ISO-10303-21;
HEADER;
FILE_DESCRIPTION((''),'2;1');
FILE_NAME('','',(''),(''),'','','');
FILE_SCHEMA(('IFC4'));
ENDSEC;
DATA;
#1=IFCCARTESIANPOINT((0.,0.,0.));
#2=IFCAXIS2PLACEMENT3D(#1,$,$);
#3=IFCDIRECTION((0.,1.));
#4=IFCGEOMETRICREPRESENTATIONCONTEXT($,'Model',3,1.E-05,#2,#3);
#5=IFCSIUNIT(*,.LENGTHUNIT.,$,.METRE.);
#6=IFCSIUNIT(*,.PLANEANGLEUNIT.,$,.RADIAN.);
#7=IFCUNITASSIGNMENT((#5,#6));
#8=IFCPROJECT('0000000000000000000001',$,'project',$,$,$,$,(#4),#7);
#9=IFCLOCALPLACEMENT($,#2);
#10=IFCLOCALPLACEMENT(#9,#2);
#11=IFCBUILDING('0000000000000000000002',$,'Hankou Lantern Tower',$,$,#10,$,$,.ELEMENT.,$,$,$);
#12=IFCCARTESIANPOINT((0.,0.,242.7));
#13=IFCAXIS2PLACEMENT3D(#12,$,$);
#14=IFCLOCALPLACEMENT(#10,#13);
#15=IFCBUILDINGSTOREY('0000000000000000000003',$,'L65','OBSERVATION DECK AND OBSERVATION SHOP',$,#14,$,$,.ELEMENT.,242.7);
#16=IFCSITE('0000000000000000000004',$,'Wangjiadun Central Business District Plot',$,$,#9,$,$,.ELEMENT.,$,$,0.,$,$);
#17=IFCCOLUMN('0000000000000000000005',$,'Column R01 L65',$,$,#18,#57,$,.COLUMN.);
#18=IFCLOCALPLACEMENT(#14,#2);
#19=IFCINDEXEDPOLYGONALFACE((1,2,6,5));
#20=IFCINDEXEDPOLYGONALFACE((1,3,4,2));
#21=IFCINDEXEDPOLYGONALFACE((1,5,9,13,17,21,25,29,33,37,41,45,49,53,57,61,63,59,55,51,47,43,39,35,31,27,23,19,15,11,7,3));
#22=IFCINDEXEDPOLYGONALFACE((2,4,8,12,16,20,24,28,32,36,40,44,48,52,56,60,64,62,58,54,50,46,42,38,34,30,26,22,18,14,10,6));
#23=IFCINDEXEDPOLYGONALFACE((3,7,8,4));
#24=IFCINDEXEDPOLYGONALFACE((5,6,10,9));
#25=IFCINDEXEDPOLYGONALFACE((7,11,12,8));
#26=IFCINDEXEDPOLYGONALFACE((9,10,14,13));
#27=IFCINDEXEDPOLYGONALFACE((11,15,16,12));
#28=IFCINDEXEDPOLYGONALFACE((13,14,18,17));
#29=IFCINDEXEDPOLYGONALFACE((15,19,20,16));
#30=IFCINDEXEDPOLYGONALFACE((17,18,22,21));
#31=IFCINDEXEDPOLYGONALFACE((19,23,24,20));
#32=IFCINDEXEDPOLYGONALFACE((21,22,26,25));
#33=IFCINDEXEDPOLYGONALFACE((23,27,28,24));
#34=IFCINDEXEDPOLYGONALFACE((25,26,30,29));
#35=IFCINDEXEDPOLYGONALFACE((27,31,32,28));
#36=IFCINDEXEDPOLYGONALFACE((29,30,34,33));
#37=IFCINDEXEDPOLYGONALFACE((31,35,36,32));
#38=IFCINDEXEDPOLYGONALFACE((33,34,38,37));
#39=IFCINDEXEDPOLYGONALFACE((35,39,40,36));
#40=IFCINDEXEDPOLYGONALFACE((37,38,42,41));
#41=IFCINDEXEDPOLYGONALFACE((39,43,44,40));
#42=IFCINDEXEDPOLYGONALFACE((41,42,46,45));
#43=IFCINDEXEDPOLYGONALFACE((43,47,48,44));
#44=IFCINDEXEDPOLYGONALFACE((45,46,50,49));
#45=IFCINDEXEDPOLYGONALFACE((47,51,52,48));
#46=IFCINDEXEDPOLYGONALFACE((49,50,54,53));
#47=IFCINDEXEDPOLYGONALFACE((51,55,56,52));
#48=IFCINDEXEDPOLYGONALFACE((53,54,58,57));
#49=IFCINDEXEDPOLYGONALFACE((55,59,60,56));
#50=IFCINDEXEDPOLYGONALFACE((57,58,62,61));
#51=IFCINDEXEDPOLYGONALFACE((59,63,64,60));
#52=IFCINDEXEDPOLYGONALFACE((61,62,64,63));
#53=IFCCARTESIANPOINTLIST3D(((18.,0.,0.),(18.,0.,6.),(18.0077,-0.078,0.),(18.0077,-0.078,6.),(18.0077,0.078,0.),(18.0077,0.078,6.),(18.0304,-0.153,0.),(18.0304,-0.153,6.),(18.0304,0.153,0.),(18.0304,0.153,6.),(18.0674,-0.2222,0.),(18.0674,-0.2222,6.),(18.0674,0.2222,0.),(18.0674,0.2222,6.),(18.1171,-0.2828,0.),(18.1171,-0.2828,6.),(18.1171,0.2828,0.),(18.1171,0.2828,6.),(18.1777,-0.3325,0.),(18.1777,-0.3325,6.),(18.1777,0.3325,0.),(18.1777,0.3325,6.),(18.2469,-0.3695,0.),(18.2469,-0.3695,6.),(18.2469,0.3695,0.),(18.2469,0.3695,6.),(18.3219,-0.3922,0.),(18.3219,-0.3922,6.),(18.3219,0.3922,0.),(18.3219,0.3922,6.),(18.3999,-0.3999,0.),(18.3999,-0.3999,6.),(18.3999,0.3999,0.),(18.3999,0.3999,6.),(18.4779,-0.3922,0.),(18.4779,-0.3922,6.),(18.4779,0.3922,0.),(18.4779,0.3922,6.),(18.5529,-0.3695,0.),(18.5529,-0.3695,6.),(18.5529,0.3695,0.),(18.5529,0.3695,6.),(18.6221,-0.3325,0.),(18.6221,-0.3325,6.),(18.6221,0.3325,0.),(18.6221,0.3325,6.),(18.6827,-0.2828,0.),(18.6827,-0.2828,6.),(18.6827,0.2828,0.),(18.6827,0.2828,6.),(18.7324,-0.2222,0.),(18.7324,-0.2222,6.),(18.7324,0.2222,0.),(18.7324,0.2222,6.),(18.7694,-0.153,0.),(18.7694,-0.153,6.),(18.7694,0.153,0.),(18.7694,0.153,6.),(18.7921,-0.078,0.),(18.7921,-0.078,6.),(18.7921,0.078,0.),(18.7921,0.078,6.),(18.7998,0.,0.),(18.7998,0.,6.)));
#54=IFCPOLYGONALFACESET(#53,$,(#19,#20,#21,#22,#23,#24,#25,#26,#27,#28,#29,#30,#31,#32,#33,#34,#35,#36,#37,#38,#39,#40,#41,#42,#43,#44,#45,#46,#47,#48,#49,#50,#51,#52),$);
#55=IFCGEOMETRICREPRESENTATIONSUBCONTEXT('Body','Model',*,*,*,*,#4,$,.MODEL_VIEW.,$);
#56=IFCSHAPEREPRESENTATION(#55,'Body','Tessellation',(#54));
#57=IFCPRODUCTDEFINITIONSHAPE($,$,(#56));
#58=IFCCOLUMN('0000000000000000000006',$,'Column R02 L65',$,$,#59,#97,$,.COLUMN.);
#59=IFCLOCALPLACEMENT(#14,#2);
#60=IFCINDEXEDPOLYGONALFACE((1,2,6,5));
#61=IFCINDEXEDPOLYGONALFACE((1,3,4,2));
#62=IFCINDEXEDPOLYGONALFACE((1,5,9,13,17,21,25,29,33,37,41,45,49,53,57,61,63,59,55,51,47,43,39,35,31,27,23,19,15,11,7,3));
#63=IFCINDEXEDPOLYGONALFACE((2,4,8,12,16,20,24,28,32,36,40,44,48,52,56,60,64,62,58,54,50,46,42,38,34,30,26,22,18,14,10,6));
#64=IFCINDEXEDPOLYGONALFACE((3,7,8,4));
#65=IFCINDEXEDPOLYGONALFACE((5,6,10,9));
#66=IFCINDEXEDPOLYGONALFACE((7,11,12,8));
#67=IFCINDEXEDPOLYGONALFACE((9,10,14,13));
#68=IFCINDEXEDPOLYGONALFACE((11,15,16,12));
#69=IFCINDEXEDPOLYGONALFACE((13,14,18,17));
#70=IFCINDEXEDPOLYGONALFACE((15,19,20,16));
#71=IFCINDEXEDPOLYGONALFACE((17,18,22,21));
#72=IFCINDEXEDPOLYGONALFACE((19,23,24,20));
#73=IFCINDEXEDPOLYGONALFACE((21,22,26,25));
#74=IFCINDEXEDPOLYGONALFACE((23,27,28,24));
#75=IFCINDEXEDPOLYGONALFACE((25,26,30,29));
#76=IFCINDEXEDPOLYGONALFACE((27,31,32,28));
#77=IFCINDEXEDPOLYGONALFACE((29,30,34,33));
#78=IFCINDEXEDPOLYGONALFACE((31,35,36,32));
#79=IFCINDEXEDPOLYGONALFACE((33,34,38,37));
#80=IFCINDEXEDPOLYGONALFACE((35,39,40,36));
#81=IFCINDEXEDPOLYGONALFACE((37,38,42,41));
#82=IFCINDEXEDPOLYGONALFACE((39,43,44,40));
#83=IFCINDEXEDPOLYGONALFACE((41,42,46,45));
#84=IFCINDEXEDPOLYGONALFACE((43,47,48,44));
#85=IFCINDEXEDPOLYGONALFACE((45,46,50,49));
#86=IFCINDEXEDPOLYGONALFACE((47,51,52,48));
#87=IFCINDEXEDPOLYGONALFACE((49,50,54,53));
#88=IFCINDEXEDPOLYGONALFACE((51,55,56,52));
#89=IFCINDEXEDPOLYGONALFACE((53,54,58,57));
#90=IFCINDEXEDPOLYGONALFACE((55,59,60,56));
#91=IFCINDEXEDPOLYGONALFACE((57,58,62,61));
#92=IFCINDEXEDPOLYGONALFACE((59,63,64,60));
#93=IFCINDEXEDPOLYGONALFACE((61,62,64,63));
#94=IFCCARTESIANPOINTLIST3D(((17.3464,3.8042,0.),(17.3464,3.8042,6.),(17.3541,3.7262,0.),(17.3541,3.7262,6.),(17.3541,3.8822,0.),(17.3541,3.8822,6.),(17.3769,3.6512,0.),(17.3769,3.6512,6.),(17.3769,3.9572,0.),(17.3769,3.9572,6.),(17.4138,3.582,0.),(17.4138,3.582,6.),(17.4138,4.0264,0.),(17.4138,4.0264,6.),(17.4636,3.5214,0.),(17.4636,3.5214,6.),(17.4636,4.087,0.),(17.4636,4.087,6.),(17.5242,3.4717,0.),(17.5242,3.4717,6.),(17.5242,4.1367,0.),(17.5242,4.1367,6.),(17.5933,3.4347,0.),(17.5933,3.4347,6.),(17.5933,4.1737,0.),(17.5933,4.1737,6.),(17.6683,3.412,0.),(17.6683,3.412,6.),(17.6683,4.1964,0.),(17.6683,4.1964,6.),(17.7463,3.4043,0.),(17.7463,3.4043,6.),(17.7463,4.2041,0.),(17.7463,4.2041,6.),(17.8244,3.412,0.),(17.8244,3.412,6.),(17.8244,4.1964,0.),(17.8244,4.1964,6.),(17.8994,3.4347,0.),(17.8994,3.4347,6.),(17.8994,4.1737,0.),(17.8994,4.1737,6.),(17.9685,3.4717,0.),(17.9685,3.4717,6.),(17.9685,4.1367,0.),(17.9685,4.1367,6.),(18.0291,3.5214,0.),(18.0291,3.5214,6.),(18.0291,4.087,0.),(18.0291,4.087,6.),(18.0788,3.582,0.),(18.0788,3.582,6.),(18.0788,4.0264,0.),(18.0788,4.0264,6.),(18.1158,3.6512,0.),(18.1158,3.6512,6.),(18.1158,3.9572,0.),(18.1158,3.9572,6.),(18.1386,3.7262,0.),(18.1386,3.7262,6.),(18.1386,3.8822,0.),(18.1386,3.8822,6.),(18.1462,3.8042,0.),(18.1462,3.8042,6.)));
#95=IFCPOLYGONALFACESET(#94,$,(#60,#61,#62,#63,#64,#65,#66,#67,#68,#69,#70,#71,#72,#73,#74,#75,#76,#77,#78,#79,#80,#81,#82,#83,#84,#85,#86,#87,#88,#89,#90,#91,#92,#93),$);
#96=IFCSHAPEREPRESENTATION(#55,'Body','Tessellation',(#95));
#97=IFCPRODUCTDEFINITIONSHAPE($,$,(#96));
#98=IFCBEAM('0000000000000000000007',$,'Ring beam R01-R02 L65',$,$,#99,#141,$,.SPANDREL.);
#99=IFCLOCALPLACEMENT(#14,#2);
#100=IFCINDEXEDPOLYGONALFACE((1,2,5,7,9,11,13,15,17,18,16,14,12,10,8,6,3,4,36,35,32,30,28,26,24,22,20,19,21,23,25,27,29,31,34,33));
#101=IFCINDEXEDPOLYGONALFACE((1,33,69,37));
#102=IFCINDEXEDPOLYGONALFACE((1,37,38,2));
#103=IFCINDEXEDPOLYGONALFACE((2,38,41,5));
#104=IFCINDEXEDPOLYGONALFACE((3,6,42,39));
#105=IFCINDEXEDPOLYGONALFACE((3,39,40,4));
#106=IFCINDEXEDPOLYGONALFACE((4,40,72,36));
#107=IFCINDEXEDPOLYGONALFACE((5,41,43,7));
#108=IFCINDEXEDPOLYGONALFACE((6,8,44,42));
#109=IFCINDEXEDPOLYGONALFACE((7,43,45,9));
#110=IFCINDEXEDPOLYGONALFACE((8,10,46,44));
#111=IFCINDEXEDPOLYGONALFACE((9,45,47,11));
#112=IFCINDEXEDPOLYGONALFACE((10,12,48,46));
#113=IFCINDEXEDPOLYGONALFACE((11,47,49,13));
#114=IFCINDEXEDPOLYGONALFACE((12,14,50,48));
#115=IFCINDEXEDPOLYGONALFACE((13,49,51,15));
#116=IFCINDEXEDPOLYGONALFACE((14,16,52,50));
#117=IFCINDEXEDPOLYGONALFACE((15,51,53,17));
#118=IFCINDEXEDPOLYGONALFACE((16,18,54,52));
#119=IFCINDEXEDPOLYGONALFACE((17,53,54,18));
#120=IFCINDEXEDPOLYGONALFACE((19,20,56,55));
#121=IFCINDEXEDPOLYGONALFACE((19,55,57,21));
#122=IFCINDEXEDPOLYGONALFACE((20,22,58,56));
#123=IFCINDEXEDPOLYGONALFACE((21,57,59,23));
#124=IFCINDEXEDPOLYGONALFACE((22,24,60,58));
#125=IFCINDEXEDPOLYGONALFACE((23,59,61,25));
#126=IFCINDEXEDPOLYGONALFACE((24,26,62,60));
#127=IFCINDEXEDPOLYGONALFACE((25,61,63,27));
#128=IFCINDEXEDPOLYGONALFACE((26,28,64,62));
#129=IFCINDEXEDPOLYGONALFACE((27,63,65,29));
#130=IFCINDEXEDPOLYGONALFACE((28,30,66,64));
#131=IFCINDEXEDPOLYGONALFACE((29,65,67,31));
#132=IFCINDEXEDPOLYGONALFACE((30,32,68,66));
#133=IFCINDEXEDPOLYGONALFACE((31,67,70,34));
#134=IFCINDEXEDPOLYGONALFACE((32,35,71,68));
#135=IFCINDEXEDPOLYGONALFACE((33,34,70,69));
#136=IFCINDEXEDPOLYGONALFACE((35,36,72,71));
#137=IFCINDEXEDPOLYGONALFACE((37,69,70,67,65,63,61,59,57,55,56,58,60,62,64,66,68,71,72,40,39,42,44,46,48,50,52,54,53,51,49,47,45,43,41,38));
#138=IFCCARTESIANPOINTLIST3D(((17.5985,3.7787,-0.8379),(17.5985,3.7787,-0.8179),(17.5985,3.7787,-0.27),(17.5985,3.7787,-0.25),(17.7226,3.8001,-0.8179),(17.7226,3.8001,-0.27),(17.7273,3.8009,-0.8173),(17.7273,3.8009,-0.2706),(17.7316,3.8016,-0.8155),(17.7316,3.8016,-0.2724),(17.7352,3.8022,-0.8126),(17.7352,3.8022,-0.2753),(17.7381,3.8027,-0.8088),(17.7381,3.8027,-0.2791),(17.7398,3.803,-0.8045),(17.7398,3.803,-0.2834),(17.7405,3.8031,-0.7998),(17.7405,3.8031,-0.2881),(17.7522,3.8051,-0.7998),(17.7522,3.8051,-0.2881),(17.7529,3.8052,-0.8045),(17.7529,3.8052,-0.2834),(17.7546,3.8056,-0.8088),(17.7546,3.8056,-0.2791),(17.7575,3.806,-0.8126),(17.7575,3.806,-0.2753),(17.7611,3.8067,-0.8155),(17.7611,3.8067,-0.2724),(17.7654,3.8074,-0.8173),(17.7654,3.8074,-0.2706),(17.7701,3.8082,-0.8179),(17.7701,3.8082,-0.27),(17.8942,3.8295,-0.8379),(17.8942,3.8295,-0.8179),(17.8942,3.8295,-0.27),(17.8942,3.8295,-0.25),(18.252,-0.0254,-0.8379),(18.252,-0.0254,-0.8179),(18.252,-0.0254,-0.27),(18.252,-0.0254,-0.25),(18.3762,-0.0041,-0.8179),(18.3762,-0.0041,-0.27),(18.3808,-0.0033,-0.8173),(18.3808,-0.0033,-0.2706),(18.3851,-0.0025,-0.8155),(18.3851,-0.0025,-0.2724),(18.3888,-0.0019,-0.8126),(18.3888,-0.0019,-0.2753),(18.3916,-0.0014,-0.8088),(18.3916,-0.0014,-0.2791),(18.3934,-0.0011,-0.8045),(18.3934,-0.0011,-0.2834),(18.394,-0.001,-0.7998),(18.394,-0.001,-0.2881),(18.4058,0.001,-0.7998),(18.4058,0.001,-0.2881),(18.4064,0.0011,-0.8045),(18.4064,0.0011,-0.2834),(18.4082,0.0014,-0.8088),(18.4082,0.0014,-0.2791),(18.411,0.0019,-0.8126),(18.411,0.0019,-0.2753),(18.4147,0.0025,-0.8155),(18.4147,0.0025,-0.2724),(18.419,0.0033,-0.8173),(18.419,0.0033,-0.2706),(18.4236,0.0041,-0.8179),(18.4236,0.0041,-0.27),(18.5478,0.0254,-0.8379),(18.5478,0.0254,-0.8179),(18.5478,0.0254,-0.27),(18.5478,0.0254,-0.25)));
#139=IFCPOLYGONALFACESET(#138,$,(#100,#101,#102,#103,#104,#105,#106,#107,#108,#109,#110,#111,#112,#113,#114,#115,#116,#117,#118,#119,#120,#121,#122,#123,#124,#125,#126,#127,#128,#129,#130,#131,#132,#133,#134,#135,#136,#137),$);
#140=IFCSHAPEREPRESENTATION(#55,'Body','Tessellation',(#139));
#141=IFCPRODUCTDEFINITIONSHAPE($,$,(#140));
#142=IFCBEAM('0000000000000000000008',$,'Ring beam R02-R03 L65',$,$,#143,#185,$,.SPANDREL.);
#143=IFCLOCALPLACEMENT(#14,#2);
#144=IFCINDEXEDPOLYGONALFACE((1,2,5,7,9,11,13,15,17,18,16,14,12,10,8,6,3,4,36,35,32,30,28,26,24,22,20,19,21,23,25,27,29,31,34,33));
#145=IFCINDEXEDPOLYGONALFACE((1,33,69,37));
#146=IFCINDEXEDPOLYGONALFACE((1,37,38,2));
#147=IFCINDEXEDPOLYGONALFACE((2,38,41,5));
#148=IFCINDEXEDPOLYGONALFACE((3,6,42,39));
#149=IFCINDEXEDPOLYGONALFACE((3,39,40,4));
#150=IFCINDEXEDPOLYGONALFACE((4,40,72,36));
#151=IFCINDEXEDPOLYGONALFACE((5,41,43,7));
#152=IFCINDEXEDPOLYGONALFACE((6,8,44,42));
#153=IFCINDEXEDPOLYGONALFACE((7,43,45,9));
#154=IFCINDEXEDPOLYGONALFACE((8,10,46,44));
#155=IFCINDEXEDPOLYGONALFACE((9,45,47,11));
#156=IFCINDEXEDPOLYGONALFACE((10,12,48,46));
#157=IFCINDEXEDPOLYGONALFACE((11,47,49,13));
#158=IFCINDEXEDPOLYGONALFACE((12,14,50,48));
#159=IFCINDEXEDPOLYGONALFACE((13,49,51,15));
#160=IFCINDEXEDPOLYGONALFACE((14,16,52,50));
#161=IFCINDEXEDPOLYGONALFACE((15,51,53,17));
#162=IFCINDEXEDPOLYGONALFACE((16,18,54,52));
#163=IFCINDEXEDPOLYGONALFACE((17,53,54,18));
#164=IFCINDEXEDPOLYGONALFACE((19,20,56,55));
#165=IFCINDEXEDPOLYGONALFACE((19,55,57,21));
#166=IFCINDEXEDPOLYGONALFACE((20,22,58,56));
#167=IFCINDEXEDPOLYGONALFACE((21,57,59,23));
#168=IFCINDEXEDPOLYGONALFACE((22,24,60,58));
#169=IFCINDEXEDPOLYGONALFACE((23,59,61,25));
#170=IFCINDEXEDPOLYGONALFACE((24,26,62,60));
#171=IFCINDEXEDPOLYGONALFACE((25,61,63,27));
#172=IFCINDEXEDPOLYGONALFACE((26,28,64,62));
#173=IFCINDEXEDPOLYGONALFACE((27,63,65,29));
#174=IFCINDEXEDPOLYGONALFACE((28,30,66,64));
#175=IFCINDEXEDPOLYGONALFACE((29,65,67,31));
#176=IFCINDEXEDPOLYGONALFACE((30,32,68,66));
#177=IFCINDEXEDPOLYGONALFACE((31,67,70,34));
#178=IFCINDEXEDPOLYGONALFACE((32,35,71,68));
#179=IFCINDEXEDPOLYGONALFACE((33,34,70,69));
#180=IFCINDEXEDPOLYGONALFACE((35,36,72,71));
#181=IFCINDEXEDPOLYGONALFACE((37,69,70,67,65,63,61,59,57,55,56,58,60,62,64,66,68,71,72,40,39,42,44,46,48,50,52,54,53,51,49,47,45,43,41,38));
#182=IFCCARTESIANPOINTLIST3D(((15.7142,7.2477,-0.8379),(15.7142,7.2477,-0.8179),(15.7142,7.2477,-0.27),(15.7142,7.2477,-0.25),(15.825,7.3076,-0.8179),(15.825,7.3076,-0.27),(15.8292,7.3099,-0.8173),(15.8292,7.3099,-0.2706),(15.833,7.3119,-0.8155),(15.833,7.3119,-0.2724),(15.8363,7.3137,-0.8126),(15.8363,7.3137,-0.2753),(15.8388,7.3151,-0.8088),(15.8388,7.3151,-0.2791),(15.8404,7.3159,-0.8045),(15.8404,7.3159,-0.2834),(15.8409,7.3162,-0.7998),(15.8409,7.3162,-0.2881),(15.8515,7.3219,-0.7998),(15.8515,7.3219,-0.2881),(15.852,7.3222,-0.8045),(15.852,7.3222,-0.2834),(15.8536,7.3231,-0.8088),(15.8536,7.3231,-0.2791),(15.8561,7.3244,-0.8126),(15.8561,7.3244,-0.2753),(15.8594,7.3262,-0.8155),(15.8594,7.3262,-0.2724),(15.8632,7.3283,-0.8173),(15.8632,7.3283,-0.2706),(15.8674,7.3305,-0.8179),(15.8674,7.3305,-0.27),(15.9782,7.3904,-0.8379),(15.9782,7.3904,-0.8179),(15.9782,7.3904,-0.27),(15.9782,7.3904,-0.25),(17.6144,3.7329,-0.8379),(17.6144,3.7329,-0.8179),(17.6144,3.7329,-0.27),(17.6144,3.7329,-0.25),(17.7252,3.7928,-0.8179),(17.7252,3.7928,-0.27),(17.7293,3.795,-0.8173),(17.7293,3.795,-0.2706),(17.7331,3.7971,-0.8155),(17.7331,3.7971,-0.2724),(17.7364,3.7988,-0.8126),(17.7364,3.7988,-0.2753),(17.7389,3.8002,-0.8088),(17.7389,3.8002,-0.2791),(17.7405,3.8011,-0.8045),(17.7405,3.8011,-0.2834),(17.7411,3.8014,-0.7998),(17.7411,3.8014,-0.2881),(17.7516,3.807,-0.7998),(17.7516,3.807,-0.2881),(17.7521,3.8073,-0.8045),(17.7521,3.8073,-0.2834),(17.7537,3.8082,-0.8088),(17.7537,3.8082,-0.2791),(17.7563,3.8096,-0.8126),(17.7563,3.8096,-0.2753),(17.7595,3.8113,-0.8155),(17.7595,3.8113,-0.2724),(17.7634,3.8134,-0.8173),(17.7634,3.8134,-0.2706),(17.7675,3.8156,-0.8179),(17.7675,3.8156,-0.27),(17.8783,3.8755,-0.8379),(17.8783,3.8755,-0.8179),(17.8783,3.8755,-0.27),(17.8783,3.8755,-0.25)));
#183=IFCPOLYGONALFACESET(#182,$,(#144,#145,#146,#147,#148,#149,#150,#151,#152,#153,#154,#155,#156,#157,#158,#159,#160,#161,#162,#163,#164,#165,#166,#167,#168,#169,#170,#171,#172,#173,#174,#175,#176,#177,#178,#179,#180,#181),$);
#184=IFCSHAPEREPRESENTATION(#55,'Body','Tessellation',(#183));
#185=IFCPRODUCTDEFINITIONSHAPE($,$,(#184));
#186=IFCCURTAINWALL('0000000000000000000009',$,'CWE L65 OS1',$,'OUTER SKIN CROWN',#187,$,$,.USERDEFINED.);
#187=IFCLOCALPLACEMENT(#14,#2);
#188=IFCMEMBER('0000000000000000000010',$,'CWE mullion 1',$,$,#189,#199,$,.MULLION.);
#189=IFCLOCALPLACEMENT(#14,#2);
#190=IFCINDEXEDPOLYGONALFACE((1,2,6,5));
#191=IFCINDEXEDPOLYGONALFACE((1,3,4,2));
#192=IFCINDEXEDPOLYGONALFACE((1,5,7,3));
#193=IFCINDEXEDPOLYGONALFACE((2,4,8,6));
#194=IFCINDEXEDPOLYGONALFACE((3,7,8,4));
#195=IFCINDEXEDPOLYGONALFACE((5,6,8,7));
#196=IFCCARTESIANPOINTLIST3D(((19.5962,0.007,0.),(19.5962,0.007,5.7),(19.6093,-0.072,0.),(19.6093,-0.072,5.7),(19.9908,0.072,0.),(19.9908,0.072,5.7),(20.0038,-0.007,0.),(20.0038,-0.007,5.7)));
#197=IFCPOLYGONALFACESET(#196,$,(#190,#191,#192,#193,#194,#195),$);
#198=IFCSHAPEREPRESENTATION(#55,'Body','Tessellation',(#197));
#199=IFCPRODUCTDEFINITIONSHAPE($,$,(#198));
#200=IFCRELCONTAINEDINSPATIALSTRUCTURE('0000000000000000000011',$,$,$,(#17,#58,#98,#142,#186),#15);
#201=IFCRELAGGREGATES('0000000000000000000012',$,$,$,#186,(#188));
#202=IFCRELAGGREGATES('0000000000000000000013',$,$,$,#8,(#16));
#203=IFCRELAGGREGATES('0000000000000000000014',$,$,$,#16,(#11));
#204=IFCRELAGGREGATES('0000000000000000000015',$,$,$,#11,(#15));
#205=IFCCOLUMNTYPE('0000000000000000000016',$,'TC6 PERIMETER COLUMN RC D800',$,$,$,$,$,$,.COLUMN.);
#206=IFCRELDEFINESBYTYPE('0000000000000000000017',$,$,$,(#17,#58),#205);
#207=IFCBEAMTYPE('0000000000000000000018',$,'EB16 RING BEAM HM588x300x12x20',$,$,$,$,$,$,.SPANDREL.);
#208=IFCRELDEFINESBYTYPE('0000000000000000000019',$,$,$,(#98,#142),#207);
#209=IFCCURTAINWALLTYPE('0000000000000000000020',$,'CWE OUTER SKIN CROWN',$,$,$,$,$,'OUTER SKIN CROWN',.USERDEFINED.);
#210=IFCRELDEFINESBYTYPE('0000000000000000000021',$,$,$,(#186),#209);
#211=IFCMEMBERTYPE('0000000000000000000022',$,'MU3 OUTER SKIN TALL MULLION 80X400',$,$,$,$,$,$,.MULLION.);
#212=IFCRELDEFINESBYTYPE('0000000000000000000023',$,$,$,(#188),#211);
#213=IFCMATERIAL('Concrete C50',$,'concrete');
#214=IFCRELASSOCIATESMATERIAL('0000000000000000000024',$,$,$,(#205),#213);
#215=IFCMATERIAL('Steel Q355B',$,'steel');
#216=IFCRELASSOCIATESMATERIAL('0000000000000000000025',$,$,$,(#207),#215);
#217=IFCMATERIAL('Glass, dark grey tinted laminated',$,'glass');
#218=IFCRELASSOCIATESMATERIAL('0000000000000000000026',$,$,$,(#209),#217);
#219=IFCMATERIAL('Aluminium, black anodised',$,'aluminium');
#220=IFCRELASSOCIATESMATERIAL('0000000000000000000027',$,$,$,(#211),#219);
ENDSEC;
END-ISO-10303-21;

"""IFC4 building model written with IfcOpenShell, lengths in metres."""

from ifc_helpers import new_model, si_unit, direction, frame, origin, origin_2d, place, context, subcontext, project, spatial, rectangle, circle, i_section, extrude, material, material_profile, profile_set, type_object, element, aggregate, save


model = new_model("IFC4")

# Units and contexts
model_context = context("Model", 3, precision=1e-05, world=origin(), true_north=direction((0.0, 1.0)))
body_context = subcontext(model_context, "Body", "Model", "MODEL_VIEW")
ifc_project = project(units=[si_unit("LENGTHUNIT", "METRE"), si_unit("PLANEANGLEUNIT", "RADIAN")], contexts=[model_context])

# Site, building, storey
site_placement = place(None, origin())
site = spatial("IfcSite", under=ifc_project, at=site_placement, Name="Wangjiadun Central Business District Plot", CompositionType="ELEMENT", RefElevation=0.0)
building_placement = place(site_placement, origin())
building = spatial("IfcBuilding", under=site, at=building_placement, Name="Hankou Lantern Tower", CompositionType="ELEMENT")
storey_placement = place(building_placement, frame((0.0, 0.0, 242.7)))
storey = spatial("IfcBuildingStorey", under=building, at=storey_placement, Name="L65", Description="OBSERVATION DECK AND OBSERVATION SHOP", CompositionType="ELEMENT", Elevation=242.7)

# Columns
ifc_material_1 = material(Name="Concrete C50", Category="concrete")
ifc_material_profile_1 = material_profile(ifc_material_1, circle(Radius=0.3999, at=origin_2d()), Name="RC D800")
ifc_profile_set_1 = profile_set([ifc_material_profile_1], Name="Concrete C50")
column_type = type_object("IfcColumnType", Name="TC6 PERIMETER COLUMN RC D800", PredefinedType="COLUMN", material=ifc_profile_set_1)
for number, where, z_axis, x_axis, name in (
    (1, (18.3999, 0.0, 0.0), (0.0, 0.0, 1.0), (1.0, 0.0, 0.0), "Column R01 L65"),
    (2, (17.7463, 3.8042, 0.0), (0.0, 0.0, 1.0), (1.0, 0.0, 0.0), "Column R02 L65"),
):
    element("IfcColumn", number, at=place(storey_placement, frame(where, z_axis=z_axis, x_axis=x_axis)), inside=storey, type_object=column_type, Name=name, PredefinedType="COLUMN", context=body_context, shape_type="SweptSolid", body=[
        extrude(circle(Radius=0.3999, at=origin_2d()), origin(), (0.0, 0.0, 1.0), 6.0),
    ])

# Beams
ifc_material_2 = material(Name="Steel Q355B", Category="steel")
ifc_material_profile_2 = material_profile(ifc_material_2, i_section(OverallWidth=0.3, OverallDepth=0.5879, WebThickness=0.012, FlangeThickness=0.02, FilletRadius=0.0181, at=origin_2d()), Name="HM588x300x12x20")
ifc_profile_set_2 = profile_set([ifc_material_profile_2], Name="Steel Q355B")
beam_type_1 = type_object("IfcBeamType", Name="EB16 RING BEAM HM588x300x12x20", PredefinedType="SPANDREL", material=ifc_profile_set_2)
beam_1_placement = place(storey_placement, frame((18.3999, 0.0, -0.5439), z_axis=(-0.16932, 0.985561, 0.0), x_axis=(-0.985561, -0.16932, 0.0)))
element("IfcBeam", 3, at=beam_1_placement, inside=storey, type_object=beam_type_1, Name="Ring beam R01-R02 L65", PredefinedType="SPANDREL", context=body_context, shape_type="SweptSolid", body=[
    extrude(i_section(OverallWidth=0.3, OverallDepth=0.5879, WebThickness=0.012, FlangeThickness=0.02, FilletRadius=0.0181, at=origin_2d()), origin(), (0.0, 0.0, 1.0), 3.8599),
])
beam_2_placement = place(storey_placement, frame((17.7463, 3.8042, -0.5439), z_axis=(-0.475557, 0.879685, 0.0), x_axis=(-0.879685, -0.475557, 0.0)))
element("IfcBeam", 4, at=beam_2_placement, inside=storey, type_object=beam_type_1, Name="Ring beam R02-R03 L65", PredefinedType="SPANDREL", context=body_context, shape_type="SweptSolid", body=[
    extrude(i_section(OverallWidth=0.3, OverallDepth=0.5879, WebThickness=0.012, FlangeThickness=0.02, FilletRadius=0.0181, at=origin_2d()), origin(), (0.0, 0.0, 1.0), 3.9956),
])

# Curtain wall, member
ifc_material_3 = material(Name="Glass, dark grey tinted laminated", Category="glass")
curtain_wall_type = type_object("IfcCurtainWallType", Name="CWE OUTER SKIN CROWN", ElementType="OUTER SKIN CROWN", PredefinedType="USERDEFINED", material=ifc_material_3)
curtain_wall_placement = place(storey_placement, origin())
curtain_wall = element("IfcCurtainWall", 5, at=curtain_wall_placement, inside=storey, type_object=curtain_wall_type, Name="CWE L65 OS1", ObjectType="OUTER SKIN CROWN", PredefinedType="USERDEFINED")
ifc_material_4 = material(Name="Aluminium, black anodised", Category="aluminium")
ifc_material_profile_3 = material_profile(ifc_material_4, rectangle(XDim=0.0801, YDim=0.3999, at=origin_2d()), Name="MU3 80X400")
ifc_profile_set_3 = profile_set([ifc_material_profile_3], Name="Aluminium, black anodised")
member_type_1 = type_object("IfcMemberType", Name="MU3 OUTER SKIN TALL MULLION 80X400", PredefinedType="MULLION", material=ifc_profile_set_3)
member_1_placement = place(storey_placement, frame((19.8, 0.0, 0.0), z_axis=(0.0, 0.0, 1.0), x_axis=(-0.162382, 0.986728, 0.0)))
member_1 = element("IfcMember", 6, at=member_1_placement, type_object=member_type_1, Name="CWE mullion 1", PredefinedType="MULLION", context=body_context, shape_type="SweptSolid", body=[
    extrude(rectangle(XDim=0.0801, YDim=0.3999, at=origin_2d()), origin(), (0.0, 0.0, 1.0), 5.7),
])

aggregate(curtain_wall, [member_1])

save(model, "model.ifc")
